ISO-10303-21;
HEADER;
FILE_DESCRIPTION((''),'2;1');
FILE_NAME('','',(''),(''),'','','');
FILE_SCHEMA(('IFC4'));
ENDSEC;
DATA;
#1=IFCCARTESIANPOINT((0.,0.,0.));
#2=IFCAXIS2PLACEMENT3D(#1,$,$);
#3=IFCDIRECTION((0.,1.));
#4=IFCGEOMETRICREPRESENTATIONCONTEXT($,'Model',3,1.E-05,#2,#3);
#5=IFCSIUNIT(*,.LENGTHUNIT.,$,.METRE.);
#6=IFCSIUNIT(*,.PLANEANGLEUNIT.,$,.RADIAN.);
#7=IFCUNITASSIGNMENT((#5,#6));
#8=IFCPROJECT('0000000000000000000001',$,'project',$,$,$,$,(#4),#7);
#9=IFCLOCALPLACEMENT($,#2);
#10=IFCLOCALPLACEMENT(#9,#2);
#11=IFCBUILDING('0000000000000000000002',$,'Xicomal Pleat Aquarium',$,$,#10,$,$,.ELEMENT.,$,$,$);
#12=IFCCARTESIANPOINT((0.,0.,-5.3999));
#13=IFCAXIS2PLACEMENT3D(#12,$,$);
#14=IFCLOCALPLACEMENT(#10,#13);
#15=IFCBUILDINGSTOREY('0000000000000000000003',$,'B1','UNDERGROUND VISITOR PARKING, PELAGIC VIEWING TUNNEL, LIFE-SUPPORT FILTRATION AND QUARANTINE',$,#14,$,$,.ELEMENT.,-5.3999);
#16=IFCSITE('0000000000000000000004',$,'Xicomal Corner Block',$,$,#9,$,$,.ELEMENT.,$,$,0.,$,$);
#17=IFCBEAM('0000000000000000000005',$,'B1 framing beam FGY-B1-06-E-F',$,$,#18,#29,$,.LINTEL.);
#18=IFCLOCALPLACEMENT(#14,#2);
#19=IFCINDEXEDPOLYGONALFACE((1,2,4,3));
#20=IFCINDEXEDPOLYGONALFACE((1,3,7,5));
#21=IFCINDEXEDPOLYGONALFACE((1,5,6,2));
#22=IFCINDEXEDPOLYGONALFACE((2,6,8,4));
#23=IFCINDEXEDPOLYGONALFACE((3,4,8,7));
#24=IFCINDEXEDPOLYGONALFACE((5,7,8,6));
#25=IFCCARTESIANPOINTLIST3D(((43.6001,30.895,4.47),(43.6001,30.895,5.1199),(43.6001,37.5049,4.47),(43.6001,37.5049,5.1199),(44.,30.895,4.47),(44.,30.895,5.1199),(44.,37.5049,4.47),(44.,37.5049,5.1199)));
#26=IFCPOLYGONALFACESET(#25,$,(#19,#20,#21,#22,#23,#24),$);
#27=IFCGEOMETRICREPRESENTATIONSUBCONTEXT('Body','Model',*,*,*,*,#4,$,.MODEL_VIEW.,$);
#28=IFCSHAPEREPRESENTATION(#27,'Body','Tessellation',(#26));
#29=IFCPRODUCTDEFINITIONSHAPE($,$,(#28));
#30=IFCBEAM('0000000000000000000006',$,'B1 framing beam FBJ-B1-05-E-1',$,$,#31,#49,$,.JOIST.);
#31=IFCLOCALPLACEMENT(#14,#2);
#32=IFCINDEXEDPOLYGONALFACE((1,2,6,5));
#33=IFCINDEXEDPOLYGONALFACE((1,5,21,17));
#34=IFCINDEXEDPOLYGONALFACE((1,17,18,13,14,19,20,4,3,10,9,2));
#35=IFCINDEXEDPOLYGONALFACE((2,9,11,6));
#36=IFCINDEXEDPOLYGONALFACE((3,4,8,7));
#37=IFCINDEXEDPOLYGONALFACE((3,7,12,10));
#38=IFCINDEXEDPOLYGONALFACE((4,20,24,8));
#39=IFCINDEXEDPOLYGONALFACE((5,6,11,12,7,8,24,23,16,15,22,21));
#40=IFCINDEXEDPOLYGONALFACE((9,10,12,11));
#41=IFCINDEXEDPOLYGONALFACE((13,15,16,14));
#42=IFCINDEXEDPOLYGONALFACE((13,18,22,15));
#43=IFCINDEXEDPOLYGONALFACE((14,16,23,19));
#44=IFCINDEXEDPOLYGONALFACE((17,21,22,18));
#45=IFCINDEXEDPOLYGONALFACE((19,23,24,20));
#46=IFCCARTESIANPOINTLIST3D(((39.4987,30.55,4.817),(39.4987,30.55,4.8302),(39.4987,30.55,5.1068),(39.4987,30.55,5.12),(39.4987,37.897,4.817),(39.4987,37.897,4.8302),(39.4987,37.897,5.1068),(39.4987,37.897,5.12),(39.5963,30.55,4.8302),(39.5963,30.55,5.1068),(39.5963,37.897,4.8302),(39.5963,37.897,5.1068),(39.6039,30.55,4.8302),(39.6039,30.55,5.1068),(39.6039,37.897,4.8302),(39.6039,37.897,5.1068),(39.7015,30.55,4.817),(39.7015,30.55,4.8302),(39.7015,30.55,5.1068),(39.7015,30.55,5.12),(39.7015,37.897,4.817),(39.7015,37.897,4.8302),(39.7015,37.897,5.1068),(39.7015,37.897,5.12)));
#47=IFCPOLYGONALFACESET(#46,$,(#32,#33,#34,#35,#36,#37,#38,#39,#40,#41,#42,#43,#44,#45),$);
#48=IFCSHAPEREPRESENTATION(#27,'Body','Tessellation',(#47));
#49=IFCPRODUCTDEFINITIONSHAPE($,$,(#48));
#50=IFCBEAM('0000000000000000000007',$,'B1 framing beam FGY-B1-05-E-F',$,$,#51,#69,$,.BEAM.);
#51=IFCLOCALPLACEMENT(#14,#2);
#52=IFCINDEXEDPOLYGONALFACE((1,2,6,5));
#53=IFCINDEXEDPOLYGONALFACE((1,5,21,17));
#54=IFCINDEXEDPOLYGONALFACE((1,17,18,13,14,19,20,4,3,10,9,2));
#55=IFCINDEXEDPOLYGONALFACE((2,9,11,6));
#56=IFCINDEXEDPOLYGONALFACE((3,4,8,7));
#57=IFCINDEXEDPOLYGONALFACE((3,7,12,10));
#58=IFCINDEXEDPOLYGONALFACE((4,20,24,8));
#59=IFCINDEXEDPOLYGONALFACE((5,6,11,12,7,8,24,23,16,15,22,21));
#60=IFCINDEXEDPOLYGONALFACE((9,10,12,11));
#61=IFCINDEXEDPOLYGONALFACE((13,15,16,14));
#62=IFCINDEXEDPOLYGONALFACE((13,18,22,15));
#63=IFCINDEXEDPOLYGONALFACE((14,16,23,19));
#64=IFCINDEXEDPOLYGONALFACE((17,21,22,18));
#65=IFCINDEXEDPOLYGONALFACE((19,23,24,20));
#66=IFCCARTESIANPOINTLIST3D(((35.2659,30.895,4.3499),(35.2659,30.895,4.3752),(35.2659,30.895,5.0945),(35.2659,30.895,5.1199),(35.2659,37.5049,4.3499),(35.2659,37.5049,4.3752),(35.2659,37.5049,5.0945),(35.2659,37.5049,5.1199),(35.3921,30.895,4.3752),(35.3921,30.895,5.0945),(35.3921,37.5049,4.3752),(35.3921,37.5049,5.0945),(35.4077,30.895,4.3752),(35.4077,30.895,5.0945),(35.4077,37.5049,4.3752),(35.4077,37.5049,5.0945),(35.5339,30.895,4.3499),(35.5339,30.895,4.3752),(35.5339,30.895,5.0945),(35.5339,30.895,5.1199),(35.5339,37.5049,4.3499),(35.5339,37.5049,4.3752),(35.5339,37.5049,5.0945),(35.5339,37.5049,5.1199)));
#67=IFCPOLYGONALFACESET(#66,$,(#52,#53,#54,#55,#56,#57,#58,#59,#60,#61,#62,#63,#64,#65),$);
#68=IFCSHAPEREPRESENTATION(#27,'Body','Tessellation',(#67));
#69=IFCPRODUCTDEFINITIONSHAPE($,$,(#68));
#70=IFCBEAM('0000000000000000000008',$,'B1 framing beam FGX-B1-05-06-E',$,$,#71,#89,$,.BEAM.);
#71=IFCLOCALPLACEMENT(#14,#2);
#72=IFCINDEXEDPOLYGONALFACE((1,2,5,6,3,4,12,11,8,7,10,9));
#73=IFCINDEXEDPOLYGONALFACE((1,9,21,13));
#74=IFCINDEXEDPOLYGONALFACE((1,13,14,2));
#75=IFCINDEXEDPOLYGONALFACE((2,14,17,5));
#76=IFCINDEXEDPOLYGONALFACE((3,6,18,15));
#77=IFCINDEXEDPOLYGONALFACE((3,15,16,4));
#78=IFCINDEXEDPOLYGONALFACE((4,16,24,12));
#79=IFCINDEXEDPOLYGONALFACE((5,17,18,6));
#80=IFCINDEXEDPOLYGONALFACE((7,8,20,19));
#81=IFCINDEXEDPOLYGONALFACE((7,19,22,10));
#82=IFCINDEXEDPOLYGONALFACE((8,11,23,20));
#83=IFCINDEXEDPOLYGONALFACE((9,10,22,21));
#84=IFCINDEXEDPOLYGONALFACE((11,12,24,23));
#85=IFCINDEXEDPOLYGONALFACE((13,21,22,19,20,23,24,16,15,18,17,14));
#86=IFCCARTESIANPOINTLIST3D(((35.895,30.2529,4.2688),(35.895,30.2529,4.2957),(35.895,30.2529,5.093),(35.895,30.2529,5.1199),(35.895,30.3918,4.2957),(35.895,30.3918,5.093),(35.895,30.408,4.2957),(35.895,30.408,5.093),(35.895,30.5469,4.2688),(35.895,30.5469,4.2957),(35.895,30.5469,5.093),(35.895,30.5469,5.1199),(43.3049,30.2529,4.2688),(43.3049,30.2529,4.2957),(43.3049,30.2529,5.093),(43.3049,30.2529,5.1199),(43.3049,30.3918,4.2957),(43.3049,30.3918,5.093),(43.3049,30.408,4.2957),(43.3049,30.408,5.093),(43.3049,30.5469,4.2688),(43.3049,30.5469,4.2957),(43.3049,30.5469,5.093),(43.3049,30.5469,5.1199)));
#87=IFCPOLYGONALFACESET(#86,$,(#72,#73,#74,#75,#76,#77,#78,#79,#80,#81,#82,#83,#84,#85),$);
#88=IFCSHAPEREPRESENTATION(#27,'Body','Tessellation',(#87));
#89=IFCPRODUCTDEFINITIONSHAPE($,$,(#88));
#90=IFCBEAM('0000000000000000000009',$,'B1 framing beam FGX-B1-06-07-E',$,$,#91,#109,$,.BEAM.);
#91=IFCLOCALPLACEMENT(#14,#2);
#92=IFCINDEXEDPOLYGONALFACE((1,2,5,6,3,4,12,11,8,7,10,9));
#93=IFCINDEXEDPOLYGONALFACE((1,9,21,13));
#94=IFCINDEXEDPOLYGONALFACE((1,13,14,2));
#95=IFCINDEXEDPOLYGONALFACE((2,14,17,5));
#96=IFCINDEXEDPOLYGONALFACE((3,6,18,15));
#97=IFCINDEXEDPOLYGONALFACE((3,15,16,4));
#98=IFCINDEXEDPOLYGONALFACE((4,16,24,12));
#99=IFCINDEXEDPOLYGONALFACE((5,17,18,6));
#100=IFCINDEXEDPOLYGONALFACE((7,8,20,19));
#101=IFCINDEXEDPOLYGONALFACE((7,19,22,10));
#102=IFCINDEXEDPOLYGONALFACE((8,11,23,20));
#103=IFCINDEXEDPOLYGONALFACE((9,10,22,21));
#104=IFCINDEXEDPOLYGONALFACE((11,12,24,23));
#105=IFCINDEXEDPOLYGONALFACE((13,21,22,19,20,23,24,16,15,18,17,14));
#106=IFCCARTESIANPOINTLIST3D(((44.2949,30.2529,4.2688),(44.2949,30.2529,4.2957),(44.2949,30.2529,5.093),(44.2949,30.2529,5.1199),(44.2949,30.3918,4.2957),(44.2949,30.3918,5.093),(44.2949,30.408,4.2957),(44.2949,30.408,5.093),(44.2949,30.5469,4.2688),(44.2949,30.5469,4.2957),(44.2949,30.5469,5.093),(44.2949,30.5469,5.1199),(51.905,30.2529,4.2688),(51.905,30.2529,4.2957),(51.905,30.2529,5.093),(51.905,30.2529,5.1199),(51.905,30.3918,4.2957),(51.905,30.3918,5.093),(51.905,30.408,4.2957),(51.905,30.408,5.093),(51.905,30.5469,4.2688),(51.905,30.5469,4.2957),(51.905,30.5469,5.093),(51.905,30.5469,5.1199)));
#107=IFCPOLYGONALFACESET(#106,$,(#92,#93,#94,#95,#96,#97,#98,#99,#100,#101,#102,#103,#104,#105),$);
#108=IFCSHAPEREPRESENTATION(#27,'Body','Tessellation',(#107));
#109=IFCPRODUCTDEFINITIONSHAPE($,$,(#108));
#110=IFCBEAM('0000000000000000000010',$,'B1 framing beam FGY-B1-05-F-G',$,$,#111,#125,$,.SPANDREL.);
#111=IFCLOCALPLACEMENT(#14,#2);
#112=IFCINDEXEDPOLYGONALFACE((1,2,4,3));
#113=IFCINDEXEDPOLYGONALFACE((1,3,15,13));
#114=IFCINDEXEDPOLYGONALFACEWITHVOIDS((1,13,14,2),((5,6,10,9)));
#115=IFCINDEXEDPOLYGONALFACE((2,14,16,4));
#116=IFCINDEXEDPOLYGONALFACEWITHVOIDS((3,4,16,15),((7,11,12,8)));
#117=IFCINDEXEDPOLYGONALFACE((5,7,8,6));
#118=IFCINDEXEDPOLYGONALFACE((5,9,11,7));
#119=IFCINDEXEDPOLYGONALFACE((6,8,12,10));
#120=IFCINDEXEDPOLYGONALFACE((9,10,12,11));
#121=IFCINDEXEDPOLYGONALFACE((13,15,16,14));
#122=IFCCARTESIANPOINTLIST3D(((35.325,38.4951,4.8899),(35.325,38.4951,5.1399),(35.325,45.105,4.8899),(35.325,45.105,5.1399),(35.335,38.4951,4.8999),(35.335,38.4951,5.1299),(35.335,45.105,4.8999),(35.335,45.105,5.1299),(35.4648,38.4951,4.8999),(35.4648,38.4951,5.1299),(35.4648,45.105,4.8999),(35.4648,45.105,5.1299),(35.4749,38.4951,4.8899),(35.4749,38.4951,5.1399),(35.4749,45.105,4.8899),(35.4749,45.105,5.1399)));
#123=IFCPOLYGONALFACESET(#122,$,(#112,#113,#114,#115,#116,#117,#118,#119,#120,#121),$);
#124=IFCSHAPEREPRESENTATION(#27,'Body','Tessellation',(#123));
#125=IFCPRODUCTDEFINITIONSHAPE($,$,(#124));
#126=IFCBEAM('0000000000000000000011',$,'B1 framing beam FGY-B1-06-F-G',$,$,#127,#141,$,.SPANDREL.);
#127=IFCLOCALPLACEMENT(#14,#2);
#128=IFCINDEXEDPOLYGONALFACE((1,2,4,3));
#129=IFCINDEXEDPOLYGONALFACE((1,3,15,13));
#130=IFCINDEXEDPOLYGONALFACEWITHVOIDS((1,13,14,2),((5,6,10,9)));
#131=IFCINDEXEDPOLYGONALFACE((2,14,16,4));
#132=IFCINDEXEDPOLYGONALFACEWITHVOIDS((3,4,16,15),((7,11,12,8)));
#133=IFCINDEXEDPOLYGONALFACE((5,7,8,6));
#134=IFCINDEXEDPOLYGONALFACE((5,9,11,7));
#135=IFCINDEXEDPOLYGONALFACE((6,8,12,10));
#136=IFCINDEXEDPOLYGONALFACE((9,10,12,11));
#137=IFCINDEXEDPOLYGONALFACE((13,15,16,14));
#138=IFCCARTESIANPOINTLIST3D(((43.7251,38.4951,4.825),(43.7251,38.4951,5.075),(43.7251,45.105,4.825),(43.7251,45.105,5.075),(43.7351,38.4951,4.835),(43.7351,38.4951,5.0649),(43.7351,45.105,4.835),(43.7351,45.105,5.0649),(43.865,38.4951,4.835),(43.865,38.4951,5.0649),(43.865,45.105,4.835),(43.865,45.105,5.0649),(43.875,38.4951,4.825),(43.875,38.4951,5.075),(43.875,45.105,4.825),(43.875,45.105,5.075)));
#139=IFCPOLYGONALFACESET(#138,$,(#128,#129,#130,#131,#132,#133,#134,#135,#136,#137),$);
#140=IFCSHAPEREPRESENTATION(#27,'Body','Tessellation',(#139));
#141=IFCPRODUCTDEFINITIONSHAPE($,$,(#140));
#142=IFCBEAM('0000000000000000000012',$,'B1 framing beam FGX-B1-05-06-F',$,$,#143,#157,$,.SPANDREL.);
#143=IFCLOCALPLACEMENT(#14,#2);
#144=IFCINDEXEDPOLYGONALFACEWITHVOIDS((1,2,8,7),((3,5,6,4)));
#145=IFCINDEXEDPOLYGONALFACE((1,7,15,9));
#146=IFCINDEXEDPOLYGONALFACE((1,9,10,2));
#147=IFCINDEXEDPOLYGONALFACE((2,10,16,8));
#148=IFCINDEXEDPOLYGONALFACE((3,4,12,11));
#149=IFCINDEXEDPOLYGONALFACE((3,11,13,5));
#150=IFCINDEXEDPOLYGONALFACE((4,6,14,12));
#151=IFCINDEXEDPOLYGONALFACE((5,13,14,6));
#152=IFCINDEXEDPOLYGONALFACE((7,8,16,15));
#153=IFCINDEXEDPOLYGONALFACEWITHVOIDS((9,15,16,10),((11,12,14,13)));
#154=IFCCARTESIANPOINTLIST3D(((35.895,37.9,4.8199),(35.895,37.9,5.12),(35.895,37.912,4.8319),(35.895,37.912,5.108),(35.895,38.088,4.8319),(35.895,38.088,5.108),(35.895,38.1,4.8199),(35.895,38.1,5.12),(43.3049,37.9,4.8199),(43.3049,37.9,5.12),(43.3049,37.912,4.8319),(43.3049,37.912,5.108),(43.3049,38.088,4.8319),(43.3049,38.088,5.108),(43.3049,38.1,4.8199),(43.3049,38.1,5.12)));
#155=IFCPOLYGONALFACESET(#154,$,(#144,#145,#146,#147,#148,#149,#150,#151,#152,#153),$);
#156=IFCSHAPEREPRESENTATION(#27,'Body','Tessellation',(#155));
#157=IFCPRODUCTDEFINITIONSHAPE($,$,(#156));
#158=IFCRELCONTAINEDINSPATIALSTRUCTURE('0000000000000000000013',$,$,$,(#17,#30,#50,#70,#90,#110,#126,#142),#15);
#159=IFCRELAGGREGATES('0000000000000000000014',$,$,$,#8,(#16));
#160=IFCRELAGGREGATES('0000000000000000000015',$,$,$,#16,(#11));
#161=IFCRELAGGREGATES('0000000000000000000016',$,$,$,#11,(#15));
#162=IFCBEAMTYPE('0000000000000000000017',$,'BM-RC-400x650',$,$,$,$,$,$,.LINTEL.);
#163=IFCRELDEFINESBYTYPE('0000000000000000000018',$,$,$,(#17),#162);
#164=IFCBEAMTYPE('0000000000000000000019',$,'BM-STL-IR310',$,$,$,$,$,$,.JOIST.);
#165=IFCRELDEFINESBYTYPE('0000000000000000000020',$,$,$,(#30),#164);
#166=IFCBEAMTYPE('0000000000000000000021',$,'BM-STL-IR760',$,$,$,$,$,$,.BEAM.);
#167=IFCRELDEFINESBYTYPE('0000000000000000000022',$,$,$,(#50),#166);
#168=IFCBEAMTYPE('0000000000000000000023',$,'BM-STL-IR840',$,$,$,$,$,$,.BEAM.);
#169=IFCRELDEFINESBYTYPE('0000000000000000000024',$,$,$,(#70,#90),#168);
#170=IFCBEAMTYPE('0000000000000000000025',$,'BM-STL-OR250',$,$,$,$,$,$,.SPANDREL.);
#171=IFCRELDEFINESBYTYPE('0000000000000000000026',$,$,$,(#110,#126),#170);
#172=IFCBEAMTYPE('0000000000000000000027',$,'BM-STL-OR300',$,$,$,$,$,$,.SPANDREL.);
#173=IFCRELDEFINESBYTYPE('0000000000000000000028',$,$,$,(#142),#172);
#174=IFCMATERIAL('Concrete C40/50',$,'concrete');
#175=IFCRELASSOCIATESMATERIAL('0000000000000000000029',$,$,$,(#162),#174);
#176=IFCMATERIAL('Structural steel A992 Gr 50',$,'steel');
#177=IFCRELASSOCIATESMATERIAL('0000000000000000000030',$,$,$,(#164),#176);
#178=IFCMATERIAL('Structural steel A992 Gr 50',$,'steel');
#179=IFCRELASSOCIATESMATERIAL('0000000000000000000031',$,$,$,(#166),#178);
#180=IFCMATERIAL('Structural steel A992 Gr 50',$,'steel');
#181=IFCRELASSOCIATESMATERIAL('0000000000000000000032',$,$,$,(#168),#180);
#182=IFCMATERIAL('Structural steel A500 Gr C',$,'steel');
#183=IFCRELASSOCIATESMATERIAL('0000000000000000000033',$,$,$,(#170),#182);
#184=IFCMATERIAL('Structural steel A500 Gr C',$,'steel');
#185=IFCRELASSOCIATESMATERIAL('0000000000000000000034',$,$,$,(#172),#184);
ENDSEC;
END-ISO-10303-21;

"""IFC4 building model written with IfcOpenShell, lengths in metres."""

from ifc_helpers import new_model, si_unit, direction, frame, origin, origin_2d, place, context, subcontext, project, spatial, rectangle, hollow_rectangle, i_section, extrude, material, material_profile, profile_set, type_object, element, save


model = new_model("IFC4")

# Units and contexts
model_context = context("Model", 3, precision=1e-05, world=origin(), true_north=direction((0.0, 1.0)))
body_context = subcontext(model_context, "Body", "Model", "MODEL_VIEW")
ifc_project = project(units=[si_unit("LENGTHUNIT", "METRE"), si_unit("PLANEANGLEUNIT", "RADIAN")], contexts=[model_context])

# Site, building, storey
site_placement = place(None, origin())
site = spatial("IfcSite", under=ifc_project, at=site_placement, Name="Xicomal Corner Block", CompositionType="ELEMENT", RefElevation=0.0)
building_placement = place(site_placement, origin())
building = spatial("IfcBuilding", under=site, at=building_placement, Name="Xicomal Pleat Aquarium", CompositionType="ELEMENT")
storey_placement = place(building_placement, frame((0.0, 0.0, -5.3999)))
storey = spatial("IfcBuildingStorey", under=building, at=storey_placement, Name="B1", Description="UNDERGROUND VISITOR PARKING, PELAGIC VIEWING TUNNEL, LIFE-SUPPORT FILTRATION AND QUARANTINE", CompositionType="ELEMENT", Elevation=-5.3999)

# Beams
ifc_material_1 = material(Name="Concrete C40/50", Category="concrete")
ifc_material_profile_1 = material_profile(ifc_material_1, rectangle(XDim=0.3999, YDim=0.6499, at=origin_2d()), Name="RC 400x650")
ifc_profile_set_1 = profile_set([ifc_material_profile_1], Name="Concrete C40/50")
beam_type_1 = type_object("IfcBeamType", Name="BM-RC-400x650", PredefinedType="LINTEL", material=ifc_profile_set_1)
beam_1_placement = place(storey_placement, frame((43.8, 30.895, 4.7949), z_axis=(0.0, 1.0, 0.0), x_axis=(-1.0, 0.0, 0.0)))
element("IfcBeam", 1, at=beam_1_placement, inside=storey, type_object=beam_type_1, Name="B1 framing beam FGY-B1-06-E-F", PredefinedType="LINTEL", context=body_context, shape_type="SweptSolid", body=[
    extrude(rectangle(XDim=0.3999, YDim=0.6499, at=origin_2d()), origin(), (0.0, 0.0, 1.0), 6.6099),
])
ifc_material_2 = material(Name="Structural steel A992 Gr 50", Category="steel")
ifc_material_profile_2 = material_profile(ifc_material_2, i_section(OverallWidth=0.2029, OverallDepth=0.303, WebThickness=0.0076, FlangeThickness=0.0132, at=origin_2d()), Name="IR 310x60")
ifc_profile_set_2 = profile_set([ifc_material_profile_2], Name="Structural steel A992 Gr 50")
beam_type_2 = type_object("IfcBeamType", Name="BM-STL-IR310", PredefinedType="JOIST", material=ifc_profile_set_2)
beam_2_placement = place(storey_placement, frame((39.6001, 30.55, 4.9685), z_axis=(0.0, 1.0, 0.0), x_axis=(-1.0, 0.0, 0.0)))
element("IfcBeam", 2, at=beam_2_placement, inside=storey, type_object=beam_type_2, Name="B1 framing beam FBJ-B1-05-E-1", PredefinedType="JOIST", context=body_context, shape_type="SweptSolid", body=[
    extrude(i_section(OverallWidth=0.2029, OverallDepth=0.303, WebThickness=0.0076, FlangeThickness=0.0132, at=origin_2d()), origin(), (0.0, 0.0, 1.0), 7.3469),
])
ifc_material_3 = material(Name="Structural steel A992 Gr 50", Category="steel")
ifc_material_profile_3 = material_profile(ifc_material_3, i_section(OverallWidth=0.2681, OverallDepth=0.77, WebThickness=0.0156, FlangeThickness=0.0254, at=origin_2d()), Name="IR 760x196")
ifc_profile_set_3 = profile_set([ifc_material_profile_3], Name="Structural steel A992 Gr 50")
beam_type_3 = type_object("IfcBeamType", Name="BM-STL-IR760", PredefinedType="BEAM", material=ifc_profile_set_3)
beam_3_placement = place(storey_placement, frame((35.3999, 30.895, 4.7349), z_axis=(0.0, 1.0, 0.0), x_axis=(-1.0, 0.0, 0.0)))
element("IfcBeam", 3, at=beam_3_placement, inside=storey, type_object=beam_type_3, Name="B1 framing beam FGY-B1-05-E-F", PredefinedType="BEAM", context=body_context, shape_type="SweptSolid", body=[
    extrude(i_section(OverallWidth=0.2681, OverallDepth=0.77, WebThickness=0.0156, FlangeThickness=0.0254, at=origin_2d()), origin(), (0.0, 0.0, 1.0), 6.6099),
])
ifc_material_4 = material(Name="Structural steel A992 Gr 50", Category="steel")
ifc_material_profile_4 = material_profile(ifc_material_4, i_section(OverallWidth=0.2939, OverallDepth=0.8511, WebThickness=0.0161, FlangeThickness=0.0269, at=origin_2d()), Name="IR 840x226")
ifc_profile_set_4 = profile_set([ifc_material_profile_4], Name="Structural steel A992 Gr 50")
beam_type_4 = type_object("IfcBeamType", Name="BM-STL-IR840", PredefinedType="BEAM", material=ifc_profile_set_4)
beam_4_placement = place(storey_placement, frame((35.895, 30.3999, 4.6943), z_axis=(1.0, 0.0, 0.0), x_axis=(0.0, 1.0, 0.0)))
element("IfcBeam", 4, at=beam_4_placement, inside=storey, type_object=beam_type_4, Name="B1 framing beam FGX-B1-05-06-E", PredefinedType="BEAM", context=body_context, shape_type="SweptSolid", body=[
    extrude(i_section(OverallWidth=0.2939, OverallDepth=0.8511, WebThickness=0.0161, FlangeThickness=0.0269, at=origin_2d()), origin(), (0.0, 0.0, 1.0), 7.4099),
])
beam_5_placement = place(storey_placement, frame((44.2949, 30.3999, 4.6943), z_axis=(1.0, 0.0, 0.0), x_axis=(0.0, 1.0, 0.0)))
element("IfcBeam", 5, at=beam_5_placement, inside=storey, type_object=beam_type_4, Name="B1 framing beam FGX-B1-06-07-E", PredefinedType="BEAM", context=body_context, shape_type="SweptSolid", body=[
    extrude(i_section(OverallWidth=0.2939, OverallDepth=0.8511, WebThickness=0.0161, FlangeThickness=0.0269, at=origin_2d()), origin(), (0.0, 0.0, 1.0), 7.6101),
])
ifc_material_5 = material(Name="Structural steel A500 Gr C", Category="steel")
ifc_material_profile_5 = material_profile(ifc_material_5, hollow_rectangle(XDim=0.1499, YDim=0.25, WallThickness=0.01, at=origin_2d()), Name="OR 250x150x10")
ifc_profile_set_5 = profile_set([ifc_material_profile_5], Name="Structural steel A500 Gr C")
beam_type_5 = type_object("IfcBeamType", Name="BM-STL-OR250", PredefinedType="SPANDREL", material=ifc_profile_set_5)
for number, where, z_axis, x_axis, name in (
    (6, (35.3999, 38.4951, 5.0149), (0.0, 1.0, 0.0), (-1.0, 0.0, 0.0), "B1 framing beam FGY-B1-05-F-G"),
    (7, (43.8, 38.4951, 4.95), (0.0, 1.0, 0.0), (-1.0, 0.0, 0.0), "B1 framing beam FGY-B1-06-F-G"),
):
    element("IfcBeam", number, at=place(storey_placement, frame(where, z_axis=z_axis, x_axis=x_axis)), inside=storey, type_object=beam_type_5, Name=name, PredefinedType="SPANDREL", context=body_context, shape_type="SweptSolid", body=[
        extrude(hollow_rectangle(XDim=0.1499, YDim=0.25, WallThickness=0.01, at=origin_2d()), origin(), (0.0, 0.0, 1.0), 6.6099),
    ])
ifc_material_6 = material(Name="Structural steel A500 Gr C", Category="steel")
ifc_material_profile_6 = material_profile(ifc_material_6, hollow_rectangle(XDim=0.2, YDim=0.3, WallThickness=0.012, at=origin_2d()), Name="OR 300x200x12")
ifc_profile_set_6 = profile_set([ifc_material_profile_6], Name="Structural steel A500 Gr C")
beam_type_6 = type_object("IfcBeamType", Name="BM-STL-OR300", PredefinedType="SPANDREL", material=ifc_profile_set_6)
beam_6_placement = place(storey_placement, frame((35.895, 38.0, 4.97), z_axis=(1.0, 0.0, 0.0), x_axis=(0.0, 1.0, 0.0)))
element("IfcBeam", 8, at=beam_6_placement, inside=storey, type_object=beam_type_6, Name="B1 framing beam FGX-B1-05-06-F", PredefinedType="SPANDREL", context=body_context, shape_type="SweptSolid", body=[
    extrude(hollow_rectangle(XDim=0.2, YDim=0.3, WallThickness=0.012, at=origin_2d()), origin(), (0.0, 0.0, 1.0), 7.4099),
])

save(model, "model.ifc")
